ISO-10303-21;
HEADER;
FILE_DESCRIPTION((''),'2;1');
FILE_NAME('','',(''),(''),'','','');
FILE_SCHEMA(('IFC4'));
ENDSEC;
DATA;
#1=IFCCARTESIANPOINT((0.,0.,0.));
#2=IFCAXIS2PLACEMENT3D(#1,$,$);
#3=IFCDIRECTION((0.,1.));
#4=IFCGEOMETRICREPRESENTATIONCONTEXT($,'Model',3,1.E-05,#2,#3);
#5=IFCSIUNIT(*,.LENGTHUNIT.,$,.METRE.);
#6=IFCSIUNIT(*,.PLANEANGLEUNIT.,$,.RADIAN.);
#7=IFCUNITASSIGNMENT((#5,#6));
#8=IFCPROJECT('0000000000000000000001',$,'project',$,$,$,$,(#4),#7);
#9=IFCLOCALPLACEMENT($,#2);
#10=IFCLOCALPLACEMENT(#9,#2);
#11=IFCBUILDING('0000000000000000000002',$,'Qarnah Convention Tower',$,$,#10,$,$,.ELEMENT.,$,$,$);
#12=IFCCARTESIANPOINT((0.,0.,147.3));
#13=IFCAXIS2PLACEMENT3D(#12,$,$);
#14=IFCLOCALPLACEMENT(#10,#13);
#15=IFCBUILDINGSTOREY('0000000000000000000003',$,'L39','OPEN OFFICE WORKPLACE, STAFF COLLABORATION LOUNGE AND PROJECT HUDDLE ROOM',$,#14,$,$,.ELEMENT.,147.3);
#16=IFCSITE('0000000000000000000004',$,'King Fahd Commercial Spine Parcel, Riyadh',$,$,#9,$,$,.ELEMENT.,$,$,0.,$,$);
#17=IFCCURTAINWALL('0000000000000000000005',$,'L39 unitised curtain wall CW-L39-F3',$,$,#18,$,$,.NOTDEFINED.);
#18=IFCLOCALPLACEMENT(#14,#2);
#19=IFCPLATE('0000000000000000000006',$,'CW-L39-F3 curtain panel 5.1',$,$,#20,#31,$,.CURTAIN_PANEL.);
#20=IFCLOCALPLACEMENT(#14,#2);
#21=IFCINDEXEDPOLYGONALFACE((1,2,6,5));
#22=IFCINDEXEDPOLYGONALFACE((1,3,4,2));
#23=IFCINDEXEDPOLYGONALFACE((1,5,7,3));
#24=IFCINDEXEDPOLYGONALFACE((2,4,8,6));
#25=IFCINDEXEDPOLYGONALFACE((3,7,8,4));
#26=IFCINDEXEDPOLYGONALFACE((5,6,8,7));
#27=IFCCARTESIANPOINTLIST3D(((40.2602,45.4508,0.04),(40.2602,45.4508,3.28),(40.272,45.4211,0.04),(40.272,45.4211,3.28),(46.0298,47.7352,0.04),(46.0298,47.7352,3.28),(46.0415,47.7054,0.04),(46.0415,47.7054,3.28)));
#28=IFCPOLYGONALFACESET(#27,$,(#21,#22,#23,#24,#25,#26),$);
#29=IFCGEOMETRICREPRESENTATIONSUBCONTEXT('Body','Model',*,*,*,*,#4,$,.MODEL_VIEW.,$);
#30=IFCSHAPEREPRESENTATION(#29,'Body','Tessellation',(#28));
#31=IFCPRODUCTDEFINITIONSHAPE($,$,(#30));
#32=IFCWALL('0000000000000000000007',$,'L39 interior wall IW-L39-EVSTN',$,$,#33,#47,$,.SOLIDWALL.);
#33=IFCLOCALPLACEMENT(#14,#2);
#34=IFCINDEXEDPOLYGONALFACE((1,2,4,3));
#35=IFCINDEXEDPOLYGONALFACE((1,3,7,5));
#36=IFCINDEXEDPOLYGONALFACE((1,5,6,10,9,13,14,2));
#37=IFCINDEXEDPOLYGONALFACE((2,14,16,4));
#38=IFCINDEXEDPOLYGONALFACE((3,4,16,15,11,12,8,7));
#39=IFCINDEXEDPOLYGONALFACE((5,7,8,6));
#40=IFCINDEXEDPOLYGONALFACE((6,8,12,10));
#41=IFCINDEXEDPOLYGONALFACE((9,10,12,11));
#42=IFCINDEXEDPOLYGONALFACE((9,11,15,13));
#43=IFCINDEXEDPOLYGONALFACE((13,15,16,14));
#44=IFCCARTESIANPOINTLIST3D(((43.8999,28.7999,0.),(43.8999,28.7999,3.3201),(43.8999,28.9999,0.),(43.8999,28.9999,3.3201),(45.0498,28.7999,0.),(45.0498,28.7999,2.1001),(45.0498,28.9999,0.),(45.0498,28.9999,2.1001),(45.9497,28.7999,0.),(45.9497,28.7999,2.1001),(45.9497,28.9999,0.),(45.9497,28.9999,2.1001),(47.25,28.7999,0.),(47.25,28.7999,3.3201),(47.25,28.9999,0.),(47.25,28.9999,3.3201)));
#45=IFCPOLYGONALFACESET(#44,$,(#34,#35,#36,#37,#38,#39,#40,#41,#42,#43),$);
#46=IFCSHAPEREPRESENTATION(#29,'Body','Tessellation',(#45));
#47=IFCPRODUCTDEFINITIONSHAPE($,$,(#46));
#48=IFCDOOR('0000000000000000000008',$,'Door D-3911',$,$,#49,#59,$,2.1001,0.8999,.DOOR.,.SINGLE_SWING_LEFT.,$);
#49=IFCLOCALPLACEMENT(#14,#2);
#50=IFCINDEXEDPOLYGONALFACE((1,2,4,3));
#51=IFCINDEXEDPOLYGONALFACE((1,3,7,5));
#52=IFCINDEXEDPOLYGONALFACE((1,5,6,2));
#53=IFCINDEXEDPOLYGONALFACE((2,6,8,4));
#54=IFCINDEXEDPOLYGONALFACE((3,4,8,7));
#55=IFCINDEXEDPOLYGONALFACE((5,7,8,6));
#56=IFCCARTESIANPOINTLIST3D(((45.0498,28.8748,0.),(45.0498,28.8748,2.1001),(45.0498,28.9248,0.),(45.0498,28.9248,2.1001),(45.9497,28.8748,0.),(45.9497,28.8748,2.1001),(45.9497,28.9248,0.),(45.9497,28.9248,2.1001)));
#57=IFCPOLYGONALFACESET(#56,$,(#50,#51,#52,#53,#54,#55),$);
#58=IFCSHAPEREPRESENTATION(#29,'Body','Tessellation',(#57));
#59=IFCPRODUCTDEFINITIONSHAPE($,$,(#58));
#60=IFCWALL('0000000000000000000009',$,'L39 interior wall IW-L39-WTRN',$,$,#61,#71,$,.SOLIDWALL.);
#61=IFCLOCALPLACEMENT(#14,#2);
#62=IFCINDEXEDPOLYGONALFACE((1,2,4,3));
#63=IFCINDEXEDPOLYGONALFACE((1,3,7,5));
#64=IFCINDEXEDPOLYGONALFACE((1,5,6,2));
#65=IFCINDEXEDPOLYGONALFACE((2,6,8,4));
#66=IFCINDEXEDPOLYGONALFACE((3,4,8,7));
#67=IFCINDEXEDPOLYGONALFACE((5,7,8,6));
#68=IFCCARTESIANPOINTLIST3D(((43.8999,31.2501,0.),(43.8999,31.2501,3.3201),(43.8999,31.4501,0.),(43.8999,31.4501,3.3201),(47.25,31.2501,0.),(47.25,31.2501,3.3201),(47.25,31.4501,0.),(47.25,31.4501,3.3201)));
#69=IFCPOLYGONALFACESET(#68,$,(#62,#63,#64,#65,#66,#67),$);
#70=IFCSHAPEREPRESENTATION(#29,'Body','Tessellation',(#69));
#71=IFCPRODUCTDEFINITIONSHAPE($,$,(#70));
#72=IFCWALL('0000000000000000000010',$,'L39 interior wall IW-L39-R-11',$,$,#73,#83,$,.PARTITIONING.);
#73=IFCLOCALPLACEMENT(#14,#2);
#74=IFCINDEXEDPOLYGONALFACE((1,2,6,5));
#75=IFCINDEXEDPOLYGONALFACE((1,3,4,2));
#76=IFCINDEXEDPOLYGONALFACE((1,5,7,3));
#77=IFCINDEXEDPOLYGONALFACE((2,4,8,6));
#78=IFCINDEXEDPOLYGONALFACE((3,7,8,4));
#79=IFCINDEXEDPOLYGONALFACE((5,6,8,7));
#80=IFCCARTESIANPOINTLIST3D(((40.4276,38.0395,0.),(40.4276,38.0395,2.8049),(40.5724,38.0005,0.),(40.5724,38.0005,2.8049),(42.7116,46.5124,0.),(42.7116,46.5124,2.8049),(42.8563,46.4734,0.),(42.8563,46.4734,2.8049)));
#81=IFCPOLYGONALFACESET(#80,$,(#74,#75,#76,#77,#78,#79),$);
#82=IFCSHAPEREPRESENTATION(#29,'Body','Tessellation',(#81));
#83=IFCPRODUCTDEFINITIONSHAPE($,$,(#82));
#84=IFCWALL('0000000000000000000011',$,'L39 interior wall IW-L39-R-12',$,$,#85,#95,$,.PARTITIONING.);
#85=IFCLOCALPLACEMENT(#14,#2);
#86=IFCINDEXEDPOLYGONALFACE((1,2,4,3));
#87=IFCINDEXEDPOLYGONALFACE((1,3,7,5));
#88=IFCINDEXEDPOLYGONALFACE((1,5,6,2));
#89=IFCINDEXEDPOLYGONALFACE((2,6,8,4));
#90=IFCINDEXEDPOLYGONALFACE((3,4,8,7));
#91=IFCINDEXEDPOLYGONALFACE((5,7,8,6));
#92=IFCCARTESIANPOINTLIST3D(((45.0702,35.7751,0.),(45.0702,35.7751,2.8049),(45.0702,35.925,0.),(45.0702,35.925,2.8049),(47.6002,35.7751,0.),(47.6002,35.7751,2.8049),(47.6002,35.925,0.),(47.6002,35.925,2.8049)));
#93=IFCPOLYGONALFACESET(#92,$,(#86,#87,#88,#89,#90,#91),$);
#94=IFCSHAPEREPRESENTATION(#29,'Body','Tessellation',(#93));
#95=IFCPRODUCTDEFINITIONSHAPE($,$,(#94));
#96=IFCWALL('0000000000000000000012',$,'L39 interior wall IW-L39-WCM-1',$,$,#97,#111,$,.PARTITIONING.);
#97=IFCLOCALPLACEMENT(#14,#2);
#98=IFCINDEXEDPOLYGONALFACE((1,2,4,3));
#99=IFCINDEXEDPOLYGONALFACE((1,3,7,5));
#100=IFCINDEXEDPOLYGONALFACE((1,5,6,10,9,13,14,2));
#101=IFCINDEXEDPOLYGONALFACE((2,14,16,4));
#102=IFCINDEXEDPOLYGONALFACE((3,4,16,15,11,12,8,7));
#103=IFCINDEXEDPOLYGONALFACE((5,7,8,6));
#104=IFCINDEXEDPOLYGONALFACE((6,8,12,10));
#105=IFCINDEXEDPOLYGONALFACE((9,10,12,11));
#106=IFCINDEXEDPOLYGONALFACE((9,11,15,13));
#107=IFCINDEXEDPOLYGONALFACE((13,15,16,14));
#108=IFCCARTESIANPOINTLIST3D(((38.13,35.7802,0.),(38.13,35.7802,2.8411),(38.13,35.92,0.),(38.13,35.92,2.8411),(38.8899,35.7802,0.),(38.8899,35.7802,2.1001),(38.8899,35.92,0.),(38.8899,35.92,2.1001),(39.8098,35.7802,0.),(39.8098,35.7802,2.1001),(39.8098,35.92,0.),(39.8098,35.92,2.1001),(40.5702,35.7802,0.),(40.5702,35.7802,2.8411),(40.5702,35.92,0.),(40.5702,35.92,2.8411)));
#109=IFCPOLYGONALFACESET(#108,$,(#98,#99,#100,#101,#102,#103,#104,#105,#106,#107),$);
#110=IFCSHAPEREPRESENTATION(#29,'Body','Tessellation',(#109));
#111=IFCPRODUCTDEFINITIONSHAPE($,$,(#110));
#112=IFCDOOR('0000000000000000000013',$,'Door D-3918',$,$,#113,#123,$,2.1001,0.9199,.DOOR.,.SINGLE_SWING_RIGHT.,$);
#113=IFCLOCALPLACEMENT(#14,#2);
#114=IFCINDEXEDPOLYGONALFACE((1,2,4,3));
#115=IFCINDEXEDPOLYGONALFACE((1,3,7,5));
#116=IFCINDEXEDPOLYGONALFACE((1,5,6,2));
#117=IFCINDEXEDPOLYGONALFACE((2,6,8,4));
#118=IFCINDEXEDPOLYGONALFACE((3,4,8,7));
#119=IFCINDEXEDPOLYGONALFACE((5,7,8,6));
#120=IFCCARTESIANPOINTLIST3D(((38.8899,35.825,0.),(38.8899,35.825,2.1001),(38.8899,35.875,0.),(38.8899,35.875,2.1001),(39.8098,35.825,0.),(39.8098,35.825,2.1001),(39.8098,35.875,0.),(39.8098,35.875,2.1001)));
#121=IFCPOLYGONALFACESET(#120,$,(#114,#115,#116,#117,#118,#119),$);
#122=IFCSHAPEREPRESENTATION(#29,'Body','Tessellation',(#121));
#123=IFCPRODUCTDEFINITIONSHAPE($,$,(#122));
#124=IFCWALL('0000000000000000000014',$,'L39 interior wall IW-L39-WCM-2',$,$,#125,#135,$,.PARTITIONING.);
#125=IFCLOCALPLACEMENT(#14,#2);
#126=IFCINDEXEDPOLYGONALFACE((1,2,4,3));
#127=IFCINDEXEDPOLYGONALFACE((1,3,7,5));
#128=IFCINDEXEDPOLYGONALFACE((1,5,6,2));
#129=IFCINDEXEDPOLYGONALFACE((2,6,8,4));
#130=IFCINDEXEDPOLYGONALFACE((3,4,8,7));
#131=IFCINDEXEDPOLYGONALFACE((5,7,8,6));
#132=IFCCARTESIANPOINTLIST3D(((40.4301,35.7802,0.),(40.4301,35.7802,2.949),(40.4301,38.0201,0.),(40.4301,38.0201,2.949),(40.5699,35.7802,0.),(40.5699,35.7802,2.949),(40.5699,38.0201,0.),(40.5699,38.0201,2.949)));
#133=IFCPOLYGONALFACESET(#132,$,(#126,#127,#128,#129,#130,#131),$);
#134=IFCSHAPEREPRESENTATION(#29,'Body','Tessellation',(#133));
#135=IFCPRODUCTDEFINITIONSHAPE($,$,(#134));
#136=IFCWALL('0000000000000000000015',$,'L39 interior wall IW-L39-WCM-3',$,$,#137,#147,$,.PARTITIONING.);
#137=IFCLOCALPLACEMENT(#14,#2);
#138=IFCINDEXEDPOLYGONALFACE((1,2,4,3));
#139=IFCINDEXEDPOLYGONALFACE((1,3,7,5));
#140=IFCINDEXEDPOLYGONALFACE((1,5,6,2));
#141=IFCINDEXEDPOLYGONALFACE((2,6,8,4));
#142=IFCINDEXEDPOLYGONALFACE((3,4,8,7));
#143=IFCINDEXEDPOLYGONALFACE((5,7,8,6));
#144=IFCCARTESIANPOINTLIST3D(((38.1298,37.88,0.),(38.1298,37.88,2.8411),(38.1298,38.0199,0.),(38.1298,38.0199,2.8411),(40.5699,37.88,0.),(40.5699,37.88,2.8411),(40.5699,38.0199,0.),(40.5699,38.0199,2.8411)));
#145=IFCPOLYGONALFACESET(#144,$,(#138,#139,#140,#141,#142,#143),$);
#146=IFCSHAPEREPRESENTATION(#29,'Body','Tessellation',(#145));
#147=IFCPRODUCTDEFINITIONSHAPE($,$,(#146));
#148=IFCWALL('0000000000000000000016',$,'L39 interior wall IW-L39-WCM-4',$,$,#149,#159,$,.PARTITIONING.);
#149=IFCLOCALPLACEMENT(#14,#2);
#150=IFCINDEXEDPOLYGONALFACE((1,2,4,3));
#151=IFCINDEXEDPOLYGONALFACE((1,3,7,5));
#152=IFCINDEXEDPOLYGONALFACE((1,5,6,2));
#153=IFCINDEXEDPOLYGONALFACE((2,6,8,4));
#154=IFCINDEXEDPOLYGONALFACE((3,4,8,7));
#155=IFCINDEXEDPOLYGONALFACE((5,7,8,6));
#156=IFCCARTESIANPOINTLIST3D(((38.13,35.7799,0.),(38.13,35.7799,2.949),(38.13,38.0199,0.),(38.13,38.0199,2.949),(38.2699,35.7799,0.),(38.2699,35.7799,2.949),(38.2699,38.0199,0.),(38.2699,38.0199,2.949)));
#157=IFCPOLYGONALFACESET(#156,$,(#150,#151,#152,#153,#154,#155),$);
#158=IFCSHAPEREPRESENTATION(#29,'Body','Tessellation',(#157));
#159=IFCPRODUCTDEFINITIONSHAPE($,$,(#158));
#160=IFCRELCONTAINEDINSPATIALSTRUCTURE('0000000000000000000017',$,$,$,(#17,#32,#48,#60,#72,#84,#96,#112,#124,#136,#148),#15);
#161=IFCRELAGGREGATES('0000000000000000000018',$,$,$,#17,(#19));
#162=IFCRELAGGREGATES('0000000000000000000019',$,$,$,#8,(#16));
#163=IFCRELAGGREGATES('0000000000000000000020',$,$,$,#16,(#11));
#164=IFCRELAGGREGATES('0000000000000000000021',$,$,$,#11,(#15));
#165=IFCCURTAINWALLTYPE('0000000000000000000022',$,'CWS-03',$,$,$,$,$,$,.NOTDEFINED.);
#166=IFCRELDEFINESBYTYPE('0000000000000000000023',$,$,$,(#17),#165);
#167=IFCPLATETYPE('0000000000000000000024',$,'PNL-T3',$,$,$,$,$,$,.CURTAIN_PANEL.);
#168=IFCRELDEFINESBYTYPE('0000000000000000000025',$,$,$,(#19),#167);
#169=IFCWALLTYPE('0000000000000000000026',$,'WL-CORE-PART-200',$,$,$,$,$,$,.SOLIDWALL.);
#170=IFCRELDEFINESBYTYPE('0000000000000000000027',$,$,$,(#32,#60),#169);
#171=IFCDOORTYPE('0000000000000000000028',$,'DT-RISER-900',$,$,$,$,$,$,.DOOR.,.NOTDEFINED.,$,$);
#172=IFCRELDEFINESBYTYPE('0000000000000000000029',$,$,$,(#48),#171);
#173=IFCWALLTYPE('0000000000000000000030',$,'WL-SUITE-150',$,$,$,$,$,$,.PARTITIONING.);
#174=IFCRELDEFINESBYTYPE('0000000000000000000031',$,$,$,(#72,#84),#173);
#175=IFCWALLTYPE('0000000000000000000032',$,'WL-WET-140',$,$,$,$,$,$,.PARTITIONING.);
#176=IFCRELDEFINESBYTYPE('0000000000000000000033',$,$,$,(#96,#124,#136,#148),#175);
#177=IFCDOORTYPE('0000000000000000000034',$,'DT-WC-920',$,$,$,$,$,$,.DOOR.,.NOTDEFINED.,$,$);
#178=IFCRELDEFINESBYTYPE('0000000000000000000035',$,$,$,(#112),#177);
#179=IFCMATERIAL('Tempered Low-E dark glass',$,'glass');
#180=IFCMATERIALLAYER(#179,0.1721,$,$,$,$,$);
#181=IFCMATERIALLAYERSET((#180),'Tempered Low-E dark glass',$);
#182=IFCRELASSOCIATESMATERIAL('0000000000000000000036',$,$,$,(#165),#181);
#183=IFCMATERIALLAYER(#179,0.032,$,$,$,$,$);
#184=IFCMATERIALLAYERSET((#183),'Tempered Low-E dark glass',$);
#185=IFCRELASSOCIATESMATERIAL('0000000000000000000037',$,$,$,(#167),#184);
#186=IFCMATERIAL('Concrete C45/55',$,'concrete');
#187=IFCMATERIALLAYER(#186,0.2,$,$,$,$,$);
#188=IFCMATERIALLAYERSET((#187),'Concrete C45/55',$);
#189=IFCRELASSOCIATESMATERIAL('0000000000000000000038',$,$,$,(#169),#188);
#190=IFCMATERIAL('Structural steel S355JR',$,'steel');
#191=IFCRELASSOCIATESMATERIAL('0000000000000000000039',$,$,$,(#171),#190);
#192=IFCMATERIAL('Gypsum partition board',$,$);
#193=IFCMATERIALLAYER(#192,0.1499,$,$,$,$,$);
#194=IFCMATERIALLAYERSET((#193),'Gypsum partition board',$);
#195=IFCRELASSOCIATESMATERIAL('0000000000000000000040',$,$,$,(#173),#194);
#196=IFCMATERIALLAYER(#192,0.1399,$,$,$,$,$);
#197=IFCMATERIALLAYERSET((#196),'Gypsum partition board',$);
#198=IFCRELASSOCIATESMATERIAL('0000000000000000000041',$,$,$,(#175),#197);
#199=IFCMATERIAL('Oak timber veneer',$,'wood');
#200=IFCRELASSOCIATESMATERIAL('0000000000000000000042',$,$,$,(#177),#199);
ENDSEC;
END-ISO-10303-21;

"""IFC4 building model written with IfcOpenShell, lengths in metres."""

from ifc_helpers import new_model, si_unit, direction, frame, frame_2d, origin, origin_2d, place, context, subcontext, project, spatial, rectangle, extrude, material, layer, layer_set, type_object, element, fill, aggregate, save


model = new_model("IFC4")

# Units and contexts
model_context = context("Model", 3, precision=1e-05, world=origin(), true_north=direction((0.0, 1.0)))
body_context = subcontext(model_context, "Body", "Model", "MODEL_VIEW")
ifc_project = project(units=[si_unit("LENGTHUNIT", "METRE"), si_unit("PLANEANGLEUNIT", "RADIAN")], contexts=[model_context])

# Site, building, storey
site_placement = place(None, origin())
site = spatial("IfcSite", under=ifc_project, at=site_placement, Name="King Fahd Commercial Spine Parcel, Riyadh", CompositionType="ELEMENT", RefElevation=0.0)
building_placement = place(site_placement, origin())
building = spatial("IfcBuilding", under=site, at=building_placement, Name="Qarnah Convention Tower", CompositionType="ELEMENT")
storey_placement = place(building_placement, frame((0.0, 0.0, 147.3)))
storey = spatial("IfcBuildingStorey", under=building, at=storey_placement, Name="L39", Description="OPEN OFFICE WORKPLACE, STAFF COLLABORATION LOUNGE AND PROJECT HUDDLE ROOM", CompositionType="ELEMENT", Elevation=147.3)

# Shared definitions
ifc_material_1 = material(Name="Structural steel S355JR", Category="steel")

# Curtain wall, plate
ifc_material_2 = material(Name="Tempered Low-E dark glass", Category="glass")
ifc_layer_1 = layer(ifc_material_2, 0.1721)
ifc_layer_set_1 = layer_set([ifc_layer_1], Name="Tempered Low-E dark glass")
curtain_wall_type = type_object("IfcCurtainWallType", Name="CWS-03", PredefinedType="NOTDEFINED", material=ifc_layer_set_1)
curtain_wall_placement = place(storey_placement, origin())
curtain_wall = element("IfcCurtainWall", 1, at=curtain_wall_placement, inside=storey, type_object=curtain_wall_type, Name="L39 unitised curtain wall CW-L39-F3", PredefinedType="NOTDEFINED")
ifc_layer_2 = layer(ifc_material_2, 0.032)
ifc_layer_set_2 = layer_set([ifc_layer_2], Name="Tempered Low-E dark glass")
plate_type = type_object("IfcPlateType", Name="PNL-T3", PredefinedType="CURTAIN_PANEL", material=ifc_layer_set_2)
plate_placement = place(storey_placement, frame((43.1509, 46.5781, 0.04), z_axis=(0.0, 0.0, 1.0), x_axis=(0.929777, 0.368124, 0.0)))
plate = element("IfcPlate", 2, at=plate_placement, type_object=plate_type, Name="CW-L39-F3 curtain panel 5.1", PredefinedType="CURTAIN_PANEL", context=body_context, shape_type="SweptSolid", body=[
    extrude(rectangle(XDim=6.2053, YDim=0.032, at=origin_2d()), origin(), (0.0, 0.0, 1.0), 3.24),
])
aggregate(curtain_wall, [plate])

# Wall, opening, door
ifc_material_3 = material(Name="Concrete C45/55", Category="concrete")
ifc_layer_3 = layer(ifc_material_3, 0.2)
ifc_layer_set_3 = layer_set([ifc_layer_3], Name="Concrete C45/55")
wall_type_1 = type_object("IfcWallType", Name="WL-CORE-PART-200", PredefinedType="SOLIDWALL", material=ifc_layer_set_3)
wall_1_placement = place(storey_placement, frame((43.8999, 28.8999, 0.0), z_axis=(0.0, 0.0, 1.0), x_axis=(1.0, 0.0, 0.0)))
wall_1 = element("IfcWall", 3, at=wall_1_placement, inside=storey, type_object=wall_type_1, Name="L39 interior wall IW-L39-EVSTN", PredefinedType="SOLIDWALL", context=body_context, shape_type="SweptSolid", body=[
    extrude(rectangle(XDim=3.3501, YDim=0.2, at=frame_2d((1.675, 0.0))), origin(), (0.0, 0.0, 1.0), 3.3201),
])
opening_1_placement = place(wall_1_placement, frame((1.1499, 0.0, 0.0)))
opening_1 = element("IfcOpeningElement", 4, at=opening_1_placement, cuts=wall_1, PredefinedType="OPENING", context=body_context, shape_type="SweptSolid", body=[
    extrude(rectangle(XDim=0.8999, YDim=2.1001, at=frame_2d((0.45, 1.05))), frame((0.0, 0.1099, 0.0), z_axis=(0.0, -1.0, 0.0), x_axis=(1.0, 0.0, 0.0)), (0.0, 0.0, 1.0), 0.22),
])
door_type_1 = type_object("IfcDoorType", Name="DT-RISER-900", OperationType="NOTDEFINED", PredefinedType="DOOR", material=ifc_material_1)
door_1_placement = place(opening_1_placement, origin())
door_1 = element("IfcDoor", 5, at=door_1_placement, inside=storey, type_object=door_type_1, Name="Door D-3911", OperationType="SINGLE_SWING_LEFT", OverallHeight=2.1001, OverallWidth=0.8999, PredefinedType="DOOR", context=body_context, shape_type="SweptSolid", body=[
    extrude(rectangle(XDim=0.8999, YDim=2.1001, at=frame_2d((0.45, 1.05))), frame((0.0, 0.0249, 0.0), z_axis=(0.0, -1.0, 0.0), x_axis=(1.0, 0.0, 0.0)), (0.0, 0.0, 1.0), 0.05),
])
fill(opening_1, door_1)

# Walls
wall_2_placement = place(storey_placement, frame((43.8999, 31.3501, 0.0), z_axis=(0.0, 0.0, 1.0), x_axis=(1.0, 0.0, 0.0)))
element("IfcWall", 6, at=wall_2_placement, inside=storey, type_object=wall_type_1, Name="L39 interior wall IW-L39-WTRN", PredefinedType="SOLIDWALL", context=body_context, shape_type="SweptSolid", body=[
    extrude(rectangle(XDim=3.3501, YDim=0.2, at=frame_2d((1.675, 0.0))), origin(), (0.0, 0.0, 1.0), 3.3201),
])
ifc_material_4 = material(Name="Gypsum partition board")
ifc_layer_4 = layer(ifc_material_4, 0.1499)
ifc_layer_set_4 = layer_set([ifc_layer_4], Name="Gypsum partition board")
wall_type_2 = type_object("IfcWallType", Name="WL-SUITE-150", PredefinedType="PARTITIONING", material=ifc_layer_set_4)
wall_3_placement = place(storey_placement, frame((42.7839, 46.4929, 0.0), z_axis=(0.0, 0.0, 1.0), x_axis=(-0.260268, -0.965536, 0.0)))
element("IfcWall", 7, at=wall_3_placement, inside=storey, type_object=wall_type_2, Name="L39 interior wall IW-L39-R-11", PredefinedType="PARTITIONING", context=body_context, shape_type="SweptSolid", body=[
    extrude(rectangle(XDim=8.7754, YDim=0.1499, at=frame_2d((4.3877, 0.0))), origin(), (0.0, 0.0, 1.0), 2.8049),
])
wall_4_placement = place(storey_placement, frame((45.0701, 35.8501, 0.0), z_axis=(0.0, 0.0, 1.0), x_axis=(1.0, 0.0, 0.0)))
element("IfcWall", 8, at=wall_4_placement, inside=storey, type_object=wall_type_2, Name="L39 interior wall IW-L39-R-12", PredefinedType="PARTITIONING", context=body_context, shape_type="SweptSolid", body=[
    extrude(rectangle(XDim=2.53, YDim=0.1499, at=frame_2d((1.2651, 0.0))), origin(), (0.0, 0.0, 1.0), 2.8049),
])

# Wall, opening, door
ifc_layer_5 = layer(ifc_material_4, 0.1399)
ifc_layer_set_5 = layer_set([ifc_layer_5], Name="Gypsum partition board")
wall_type_3 = type_object("IfcWallType", Name="WL-WET-140", PredefinedType="PARTITIONING", material=ifc_layer_set_5)
wall_5_placement = place(storey_placement, frame((38.1299, 35.8501, 0.0), z_axis=(0.0, 0.0, 1.0), x_axis=(1.0, 0.0, 0.0)))
wall_5 = element("IfcWall", 9, at=wall_5_placement, inside=storey, type_object=wall_type_3, Name="L39 interior wall IW-L39-WCM-1", PredefinedType="PARTITIONING", context=body_context, shape_type="SweptSolid", body=[
    extrude(rectangle(XDim=2.4402, YDim=0.1399, at=frame_2d((1.2202, 0.0))), origin(), (0.0, 0.0, 1.0), 2.8411),
])
opening_2_placement = place(wall_5_placement, frame((0.76, 0.0, 0.0)))
opening_2 = element("IfcOpeningElement", 10, at=opening_2_placement, cuts=wall_5, PredefinedType="OPENING", context=body_context, shape_type="SweptSolid", body=[
    extrude(rectangle(XDim=0.9199, YDim=2.1001, at=frame_2d((0.46, 1.05))), frame((0.0, 0.0798, 0.0), z_axis=(0.0, -1.0, 0.0), x_axis=(1.0, 0.0, 0.0)), (0.0, 0.0, 1.0), 0.1599),
])
ifc_material_5 = material(Name="Oak timber veneer", Category="wood")
door_type_2 = type_object("IfcDoorType", Name="DT-WC-920", OperationType="NOTDEFINED", PredefinedType="DOOR", material=ifc_material_5)
door_2_placement = place(opening_2_placement, origin())
door_2 = element("IfcDoor", 11, at=door_2_placement, inside=storey, type_object=door_type_2, Name="Door D-3918", OperationType="SINGLE_SWING_RIGHT", OverallHeight=2.1001, OverallWidth=0.9199, PredefinedType="DOOR", context=body_context, shape_type="SweptSolid", body=[
    extrude(rectangle(XDim=0.9199, YDim=2.1001, at=frame_2d((0.46, 1.05))), frame((0.0, 0.0249, 0.0), z_axis=(0.0, -1.0, 0.0), x_axis=(1.0, 0.0, 0.0)), (0.0, 0.0, 1.0), 0.05),
])
fill(opening_2, door_2)

# Walls
wall_6_placement = place(storey_placement, frame((40.5, 35.78, 0.0), z_axis=(0.0, 0.0, 1.0), x_axis=(0.0, 1.0, 0.0)))
element("IfcWall", 12, at=wall_6_placement, inside=storey, type_object=wall_type_3, Name="L39 interior wall IW-L39-WCM-2", PredefinedType="PARTITIONING", context=body_context, shape_type="SweptSolid", body=[
    extrude(rectangle(XDim=2.24, YDim=0.1399, at=frame_2d((1.1201, 0.0))), origin(), (0.0, 0.0, 1.0), 2.949),
])
wall_7_placement = place(storey_placement, frame((40.5701, 37.95, 0.0), z_axis=(0.0, 0.0, 1.0), x_axis=(-1.0, 0.0, 0.0)))
element("IfcWall", 13, at=wall_7_placement, inside=storey, type_object=wall_type_3, Name="L39 interior wall IW-L39-WCM-3", PredefinedType="PARTITIONING", context=body_context, shape_type="SweptSolid", body=[
    extrude(rectangle(XDim=2.4402, YDim=0.1399, at=frame_2d((1.2202, 0.0))), origin(), (0.0, 0.0, 1.0), 2.8411),
])
wall_8_placement = place(storey_placement, frame((38.2, 38.02, 0.0), z_axis=(0.0, 0.0, 1.0), x_axis=(0.0, -1.0, 0.0)))
element("IfcWall", 14, at=wall_8_placement, inside=storey, type_object=wall_type_3, Name="L39 interior wall IW-L39-WCM-4", PredefinedType="PARTITIONING", context=body_context, shape_type="SweptSolid", body=[
    extrude(rectangle(XDim=2.24, YDim=0.1399, at=frame_2d((1.1201, 0.0))), origin(), (0.0, 0.0, 1.0), 2.949),
])

save(model, "model.ifc")
